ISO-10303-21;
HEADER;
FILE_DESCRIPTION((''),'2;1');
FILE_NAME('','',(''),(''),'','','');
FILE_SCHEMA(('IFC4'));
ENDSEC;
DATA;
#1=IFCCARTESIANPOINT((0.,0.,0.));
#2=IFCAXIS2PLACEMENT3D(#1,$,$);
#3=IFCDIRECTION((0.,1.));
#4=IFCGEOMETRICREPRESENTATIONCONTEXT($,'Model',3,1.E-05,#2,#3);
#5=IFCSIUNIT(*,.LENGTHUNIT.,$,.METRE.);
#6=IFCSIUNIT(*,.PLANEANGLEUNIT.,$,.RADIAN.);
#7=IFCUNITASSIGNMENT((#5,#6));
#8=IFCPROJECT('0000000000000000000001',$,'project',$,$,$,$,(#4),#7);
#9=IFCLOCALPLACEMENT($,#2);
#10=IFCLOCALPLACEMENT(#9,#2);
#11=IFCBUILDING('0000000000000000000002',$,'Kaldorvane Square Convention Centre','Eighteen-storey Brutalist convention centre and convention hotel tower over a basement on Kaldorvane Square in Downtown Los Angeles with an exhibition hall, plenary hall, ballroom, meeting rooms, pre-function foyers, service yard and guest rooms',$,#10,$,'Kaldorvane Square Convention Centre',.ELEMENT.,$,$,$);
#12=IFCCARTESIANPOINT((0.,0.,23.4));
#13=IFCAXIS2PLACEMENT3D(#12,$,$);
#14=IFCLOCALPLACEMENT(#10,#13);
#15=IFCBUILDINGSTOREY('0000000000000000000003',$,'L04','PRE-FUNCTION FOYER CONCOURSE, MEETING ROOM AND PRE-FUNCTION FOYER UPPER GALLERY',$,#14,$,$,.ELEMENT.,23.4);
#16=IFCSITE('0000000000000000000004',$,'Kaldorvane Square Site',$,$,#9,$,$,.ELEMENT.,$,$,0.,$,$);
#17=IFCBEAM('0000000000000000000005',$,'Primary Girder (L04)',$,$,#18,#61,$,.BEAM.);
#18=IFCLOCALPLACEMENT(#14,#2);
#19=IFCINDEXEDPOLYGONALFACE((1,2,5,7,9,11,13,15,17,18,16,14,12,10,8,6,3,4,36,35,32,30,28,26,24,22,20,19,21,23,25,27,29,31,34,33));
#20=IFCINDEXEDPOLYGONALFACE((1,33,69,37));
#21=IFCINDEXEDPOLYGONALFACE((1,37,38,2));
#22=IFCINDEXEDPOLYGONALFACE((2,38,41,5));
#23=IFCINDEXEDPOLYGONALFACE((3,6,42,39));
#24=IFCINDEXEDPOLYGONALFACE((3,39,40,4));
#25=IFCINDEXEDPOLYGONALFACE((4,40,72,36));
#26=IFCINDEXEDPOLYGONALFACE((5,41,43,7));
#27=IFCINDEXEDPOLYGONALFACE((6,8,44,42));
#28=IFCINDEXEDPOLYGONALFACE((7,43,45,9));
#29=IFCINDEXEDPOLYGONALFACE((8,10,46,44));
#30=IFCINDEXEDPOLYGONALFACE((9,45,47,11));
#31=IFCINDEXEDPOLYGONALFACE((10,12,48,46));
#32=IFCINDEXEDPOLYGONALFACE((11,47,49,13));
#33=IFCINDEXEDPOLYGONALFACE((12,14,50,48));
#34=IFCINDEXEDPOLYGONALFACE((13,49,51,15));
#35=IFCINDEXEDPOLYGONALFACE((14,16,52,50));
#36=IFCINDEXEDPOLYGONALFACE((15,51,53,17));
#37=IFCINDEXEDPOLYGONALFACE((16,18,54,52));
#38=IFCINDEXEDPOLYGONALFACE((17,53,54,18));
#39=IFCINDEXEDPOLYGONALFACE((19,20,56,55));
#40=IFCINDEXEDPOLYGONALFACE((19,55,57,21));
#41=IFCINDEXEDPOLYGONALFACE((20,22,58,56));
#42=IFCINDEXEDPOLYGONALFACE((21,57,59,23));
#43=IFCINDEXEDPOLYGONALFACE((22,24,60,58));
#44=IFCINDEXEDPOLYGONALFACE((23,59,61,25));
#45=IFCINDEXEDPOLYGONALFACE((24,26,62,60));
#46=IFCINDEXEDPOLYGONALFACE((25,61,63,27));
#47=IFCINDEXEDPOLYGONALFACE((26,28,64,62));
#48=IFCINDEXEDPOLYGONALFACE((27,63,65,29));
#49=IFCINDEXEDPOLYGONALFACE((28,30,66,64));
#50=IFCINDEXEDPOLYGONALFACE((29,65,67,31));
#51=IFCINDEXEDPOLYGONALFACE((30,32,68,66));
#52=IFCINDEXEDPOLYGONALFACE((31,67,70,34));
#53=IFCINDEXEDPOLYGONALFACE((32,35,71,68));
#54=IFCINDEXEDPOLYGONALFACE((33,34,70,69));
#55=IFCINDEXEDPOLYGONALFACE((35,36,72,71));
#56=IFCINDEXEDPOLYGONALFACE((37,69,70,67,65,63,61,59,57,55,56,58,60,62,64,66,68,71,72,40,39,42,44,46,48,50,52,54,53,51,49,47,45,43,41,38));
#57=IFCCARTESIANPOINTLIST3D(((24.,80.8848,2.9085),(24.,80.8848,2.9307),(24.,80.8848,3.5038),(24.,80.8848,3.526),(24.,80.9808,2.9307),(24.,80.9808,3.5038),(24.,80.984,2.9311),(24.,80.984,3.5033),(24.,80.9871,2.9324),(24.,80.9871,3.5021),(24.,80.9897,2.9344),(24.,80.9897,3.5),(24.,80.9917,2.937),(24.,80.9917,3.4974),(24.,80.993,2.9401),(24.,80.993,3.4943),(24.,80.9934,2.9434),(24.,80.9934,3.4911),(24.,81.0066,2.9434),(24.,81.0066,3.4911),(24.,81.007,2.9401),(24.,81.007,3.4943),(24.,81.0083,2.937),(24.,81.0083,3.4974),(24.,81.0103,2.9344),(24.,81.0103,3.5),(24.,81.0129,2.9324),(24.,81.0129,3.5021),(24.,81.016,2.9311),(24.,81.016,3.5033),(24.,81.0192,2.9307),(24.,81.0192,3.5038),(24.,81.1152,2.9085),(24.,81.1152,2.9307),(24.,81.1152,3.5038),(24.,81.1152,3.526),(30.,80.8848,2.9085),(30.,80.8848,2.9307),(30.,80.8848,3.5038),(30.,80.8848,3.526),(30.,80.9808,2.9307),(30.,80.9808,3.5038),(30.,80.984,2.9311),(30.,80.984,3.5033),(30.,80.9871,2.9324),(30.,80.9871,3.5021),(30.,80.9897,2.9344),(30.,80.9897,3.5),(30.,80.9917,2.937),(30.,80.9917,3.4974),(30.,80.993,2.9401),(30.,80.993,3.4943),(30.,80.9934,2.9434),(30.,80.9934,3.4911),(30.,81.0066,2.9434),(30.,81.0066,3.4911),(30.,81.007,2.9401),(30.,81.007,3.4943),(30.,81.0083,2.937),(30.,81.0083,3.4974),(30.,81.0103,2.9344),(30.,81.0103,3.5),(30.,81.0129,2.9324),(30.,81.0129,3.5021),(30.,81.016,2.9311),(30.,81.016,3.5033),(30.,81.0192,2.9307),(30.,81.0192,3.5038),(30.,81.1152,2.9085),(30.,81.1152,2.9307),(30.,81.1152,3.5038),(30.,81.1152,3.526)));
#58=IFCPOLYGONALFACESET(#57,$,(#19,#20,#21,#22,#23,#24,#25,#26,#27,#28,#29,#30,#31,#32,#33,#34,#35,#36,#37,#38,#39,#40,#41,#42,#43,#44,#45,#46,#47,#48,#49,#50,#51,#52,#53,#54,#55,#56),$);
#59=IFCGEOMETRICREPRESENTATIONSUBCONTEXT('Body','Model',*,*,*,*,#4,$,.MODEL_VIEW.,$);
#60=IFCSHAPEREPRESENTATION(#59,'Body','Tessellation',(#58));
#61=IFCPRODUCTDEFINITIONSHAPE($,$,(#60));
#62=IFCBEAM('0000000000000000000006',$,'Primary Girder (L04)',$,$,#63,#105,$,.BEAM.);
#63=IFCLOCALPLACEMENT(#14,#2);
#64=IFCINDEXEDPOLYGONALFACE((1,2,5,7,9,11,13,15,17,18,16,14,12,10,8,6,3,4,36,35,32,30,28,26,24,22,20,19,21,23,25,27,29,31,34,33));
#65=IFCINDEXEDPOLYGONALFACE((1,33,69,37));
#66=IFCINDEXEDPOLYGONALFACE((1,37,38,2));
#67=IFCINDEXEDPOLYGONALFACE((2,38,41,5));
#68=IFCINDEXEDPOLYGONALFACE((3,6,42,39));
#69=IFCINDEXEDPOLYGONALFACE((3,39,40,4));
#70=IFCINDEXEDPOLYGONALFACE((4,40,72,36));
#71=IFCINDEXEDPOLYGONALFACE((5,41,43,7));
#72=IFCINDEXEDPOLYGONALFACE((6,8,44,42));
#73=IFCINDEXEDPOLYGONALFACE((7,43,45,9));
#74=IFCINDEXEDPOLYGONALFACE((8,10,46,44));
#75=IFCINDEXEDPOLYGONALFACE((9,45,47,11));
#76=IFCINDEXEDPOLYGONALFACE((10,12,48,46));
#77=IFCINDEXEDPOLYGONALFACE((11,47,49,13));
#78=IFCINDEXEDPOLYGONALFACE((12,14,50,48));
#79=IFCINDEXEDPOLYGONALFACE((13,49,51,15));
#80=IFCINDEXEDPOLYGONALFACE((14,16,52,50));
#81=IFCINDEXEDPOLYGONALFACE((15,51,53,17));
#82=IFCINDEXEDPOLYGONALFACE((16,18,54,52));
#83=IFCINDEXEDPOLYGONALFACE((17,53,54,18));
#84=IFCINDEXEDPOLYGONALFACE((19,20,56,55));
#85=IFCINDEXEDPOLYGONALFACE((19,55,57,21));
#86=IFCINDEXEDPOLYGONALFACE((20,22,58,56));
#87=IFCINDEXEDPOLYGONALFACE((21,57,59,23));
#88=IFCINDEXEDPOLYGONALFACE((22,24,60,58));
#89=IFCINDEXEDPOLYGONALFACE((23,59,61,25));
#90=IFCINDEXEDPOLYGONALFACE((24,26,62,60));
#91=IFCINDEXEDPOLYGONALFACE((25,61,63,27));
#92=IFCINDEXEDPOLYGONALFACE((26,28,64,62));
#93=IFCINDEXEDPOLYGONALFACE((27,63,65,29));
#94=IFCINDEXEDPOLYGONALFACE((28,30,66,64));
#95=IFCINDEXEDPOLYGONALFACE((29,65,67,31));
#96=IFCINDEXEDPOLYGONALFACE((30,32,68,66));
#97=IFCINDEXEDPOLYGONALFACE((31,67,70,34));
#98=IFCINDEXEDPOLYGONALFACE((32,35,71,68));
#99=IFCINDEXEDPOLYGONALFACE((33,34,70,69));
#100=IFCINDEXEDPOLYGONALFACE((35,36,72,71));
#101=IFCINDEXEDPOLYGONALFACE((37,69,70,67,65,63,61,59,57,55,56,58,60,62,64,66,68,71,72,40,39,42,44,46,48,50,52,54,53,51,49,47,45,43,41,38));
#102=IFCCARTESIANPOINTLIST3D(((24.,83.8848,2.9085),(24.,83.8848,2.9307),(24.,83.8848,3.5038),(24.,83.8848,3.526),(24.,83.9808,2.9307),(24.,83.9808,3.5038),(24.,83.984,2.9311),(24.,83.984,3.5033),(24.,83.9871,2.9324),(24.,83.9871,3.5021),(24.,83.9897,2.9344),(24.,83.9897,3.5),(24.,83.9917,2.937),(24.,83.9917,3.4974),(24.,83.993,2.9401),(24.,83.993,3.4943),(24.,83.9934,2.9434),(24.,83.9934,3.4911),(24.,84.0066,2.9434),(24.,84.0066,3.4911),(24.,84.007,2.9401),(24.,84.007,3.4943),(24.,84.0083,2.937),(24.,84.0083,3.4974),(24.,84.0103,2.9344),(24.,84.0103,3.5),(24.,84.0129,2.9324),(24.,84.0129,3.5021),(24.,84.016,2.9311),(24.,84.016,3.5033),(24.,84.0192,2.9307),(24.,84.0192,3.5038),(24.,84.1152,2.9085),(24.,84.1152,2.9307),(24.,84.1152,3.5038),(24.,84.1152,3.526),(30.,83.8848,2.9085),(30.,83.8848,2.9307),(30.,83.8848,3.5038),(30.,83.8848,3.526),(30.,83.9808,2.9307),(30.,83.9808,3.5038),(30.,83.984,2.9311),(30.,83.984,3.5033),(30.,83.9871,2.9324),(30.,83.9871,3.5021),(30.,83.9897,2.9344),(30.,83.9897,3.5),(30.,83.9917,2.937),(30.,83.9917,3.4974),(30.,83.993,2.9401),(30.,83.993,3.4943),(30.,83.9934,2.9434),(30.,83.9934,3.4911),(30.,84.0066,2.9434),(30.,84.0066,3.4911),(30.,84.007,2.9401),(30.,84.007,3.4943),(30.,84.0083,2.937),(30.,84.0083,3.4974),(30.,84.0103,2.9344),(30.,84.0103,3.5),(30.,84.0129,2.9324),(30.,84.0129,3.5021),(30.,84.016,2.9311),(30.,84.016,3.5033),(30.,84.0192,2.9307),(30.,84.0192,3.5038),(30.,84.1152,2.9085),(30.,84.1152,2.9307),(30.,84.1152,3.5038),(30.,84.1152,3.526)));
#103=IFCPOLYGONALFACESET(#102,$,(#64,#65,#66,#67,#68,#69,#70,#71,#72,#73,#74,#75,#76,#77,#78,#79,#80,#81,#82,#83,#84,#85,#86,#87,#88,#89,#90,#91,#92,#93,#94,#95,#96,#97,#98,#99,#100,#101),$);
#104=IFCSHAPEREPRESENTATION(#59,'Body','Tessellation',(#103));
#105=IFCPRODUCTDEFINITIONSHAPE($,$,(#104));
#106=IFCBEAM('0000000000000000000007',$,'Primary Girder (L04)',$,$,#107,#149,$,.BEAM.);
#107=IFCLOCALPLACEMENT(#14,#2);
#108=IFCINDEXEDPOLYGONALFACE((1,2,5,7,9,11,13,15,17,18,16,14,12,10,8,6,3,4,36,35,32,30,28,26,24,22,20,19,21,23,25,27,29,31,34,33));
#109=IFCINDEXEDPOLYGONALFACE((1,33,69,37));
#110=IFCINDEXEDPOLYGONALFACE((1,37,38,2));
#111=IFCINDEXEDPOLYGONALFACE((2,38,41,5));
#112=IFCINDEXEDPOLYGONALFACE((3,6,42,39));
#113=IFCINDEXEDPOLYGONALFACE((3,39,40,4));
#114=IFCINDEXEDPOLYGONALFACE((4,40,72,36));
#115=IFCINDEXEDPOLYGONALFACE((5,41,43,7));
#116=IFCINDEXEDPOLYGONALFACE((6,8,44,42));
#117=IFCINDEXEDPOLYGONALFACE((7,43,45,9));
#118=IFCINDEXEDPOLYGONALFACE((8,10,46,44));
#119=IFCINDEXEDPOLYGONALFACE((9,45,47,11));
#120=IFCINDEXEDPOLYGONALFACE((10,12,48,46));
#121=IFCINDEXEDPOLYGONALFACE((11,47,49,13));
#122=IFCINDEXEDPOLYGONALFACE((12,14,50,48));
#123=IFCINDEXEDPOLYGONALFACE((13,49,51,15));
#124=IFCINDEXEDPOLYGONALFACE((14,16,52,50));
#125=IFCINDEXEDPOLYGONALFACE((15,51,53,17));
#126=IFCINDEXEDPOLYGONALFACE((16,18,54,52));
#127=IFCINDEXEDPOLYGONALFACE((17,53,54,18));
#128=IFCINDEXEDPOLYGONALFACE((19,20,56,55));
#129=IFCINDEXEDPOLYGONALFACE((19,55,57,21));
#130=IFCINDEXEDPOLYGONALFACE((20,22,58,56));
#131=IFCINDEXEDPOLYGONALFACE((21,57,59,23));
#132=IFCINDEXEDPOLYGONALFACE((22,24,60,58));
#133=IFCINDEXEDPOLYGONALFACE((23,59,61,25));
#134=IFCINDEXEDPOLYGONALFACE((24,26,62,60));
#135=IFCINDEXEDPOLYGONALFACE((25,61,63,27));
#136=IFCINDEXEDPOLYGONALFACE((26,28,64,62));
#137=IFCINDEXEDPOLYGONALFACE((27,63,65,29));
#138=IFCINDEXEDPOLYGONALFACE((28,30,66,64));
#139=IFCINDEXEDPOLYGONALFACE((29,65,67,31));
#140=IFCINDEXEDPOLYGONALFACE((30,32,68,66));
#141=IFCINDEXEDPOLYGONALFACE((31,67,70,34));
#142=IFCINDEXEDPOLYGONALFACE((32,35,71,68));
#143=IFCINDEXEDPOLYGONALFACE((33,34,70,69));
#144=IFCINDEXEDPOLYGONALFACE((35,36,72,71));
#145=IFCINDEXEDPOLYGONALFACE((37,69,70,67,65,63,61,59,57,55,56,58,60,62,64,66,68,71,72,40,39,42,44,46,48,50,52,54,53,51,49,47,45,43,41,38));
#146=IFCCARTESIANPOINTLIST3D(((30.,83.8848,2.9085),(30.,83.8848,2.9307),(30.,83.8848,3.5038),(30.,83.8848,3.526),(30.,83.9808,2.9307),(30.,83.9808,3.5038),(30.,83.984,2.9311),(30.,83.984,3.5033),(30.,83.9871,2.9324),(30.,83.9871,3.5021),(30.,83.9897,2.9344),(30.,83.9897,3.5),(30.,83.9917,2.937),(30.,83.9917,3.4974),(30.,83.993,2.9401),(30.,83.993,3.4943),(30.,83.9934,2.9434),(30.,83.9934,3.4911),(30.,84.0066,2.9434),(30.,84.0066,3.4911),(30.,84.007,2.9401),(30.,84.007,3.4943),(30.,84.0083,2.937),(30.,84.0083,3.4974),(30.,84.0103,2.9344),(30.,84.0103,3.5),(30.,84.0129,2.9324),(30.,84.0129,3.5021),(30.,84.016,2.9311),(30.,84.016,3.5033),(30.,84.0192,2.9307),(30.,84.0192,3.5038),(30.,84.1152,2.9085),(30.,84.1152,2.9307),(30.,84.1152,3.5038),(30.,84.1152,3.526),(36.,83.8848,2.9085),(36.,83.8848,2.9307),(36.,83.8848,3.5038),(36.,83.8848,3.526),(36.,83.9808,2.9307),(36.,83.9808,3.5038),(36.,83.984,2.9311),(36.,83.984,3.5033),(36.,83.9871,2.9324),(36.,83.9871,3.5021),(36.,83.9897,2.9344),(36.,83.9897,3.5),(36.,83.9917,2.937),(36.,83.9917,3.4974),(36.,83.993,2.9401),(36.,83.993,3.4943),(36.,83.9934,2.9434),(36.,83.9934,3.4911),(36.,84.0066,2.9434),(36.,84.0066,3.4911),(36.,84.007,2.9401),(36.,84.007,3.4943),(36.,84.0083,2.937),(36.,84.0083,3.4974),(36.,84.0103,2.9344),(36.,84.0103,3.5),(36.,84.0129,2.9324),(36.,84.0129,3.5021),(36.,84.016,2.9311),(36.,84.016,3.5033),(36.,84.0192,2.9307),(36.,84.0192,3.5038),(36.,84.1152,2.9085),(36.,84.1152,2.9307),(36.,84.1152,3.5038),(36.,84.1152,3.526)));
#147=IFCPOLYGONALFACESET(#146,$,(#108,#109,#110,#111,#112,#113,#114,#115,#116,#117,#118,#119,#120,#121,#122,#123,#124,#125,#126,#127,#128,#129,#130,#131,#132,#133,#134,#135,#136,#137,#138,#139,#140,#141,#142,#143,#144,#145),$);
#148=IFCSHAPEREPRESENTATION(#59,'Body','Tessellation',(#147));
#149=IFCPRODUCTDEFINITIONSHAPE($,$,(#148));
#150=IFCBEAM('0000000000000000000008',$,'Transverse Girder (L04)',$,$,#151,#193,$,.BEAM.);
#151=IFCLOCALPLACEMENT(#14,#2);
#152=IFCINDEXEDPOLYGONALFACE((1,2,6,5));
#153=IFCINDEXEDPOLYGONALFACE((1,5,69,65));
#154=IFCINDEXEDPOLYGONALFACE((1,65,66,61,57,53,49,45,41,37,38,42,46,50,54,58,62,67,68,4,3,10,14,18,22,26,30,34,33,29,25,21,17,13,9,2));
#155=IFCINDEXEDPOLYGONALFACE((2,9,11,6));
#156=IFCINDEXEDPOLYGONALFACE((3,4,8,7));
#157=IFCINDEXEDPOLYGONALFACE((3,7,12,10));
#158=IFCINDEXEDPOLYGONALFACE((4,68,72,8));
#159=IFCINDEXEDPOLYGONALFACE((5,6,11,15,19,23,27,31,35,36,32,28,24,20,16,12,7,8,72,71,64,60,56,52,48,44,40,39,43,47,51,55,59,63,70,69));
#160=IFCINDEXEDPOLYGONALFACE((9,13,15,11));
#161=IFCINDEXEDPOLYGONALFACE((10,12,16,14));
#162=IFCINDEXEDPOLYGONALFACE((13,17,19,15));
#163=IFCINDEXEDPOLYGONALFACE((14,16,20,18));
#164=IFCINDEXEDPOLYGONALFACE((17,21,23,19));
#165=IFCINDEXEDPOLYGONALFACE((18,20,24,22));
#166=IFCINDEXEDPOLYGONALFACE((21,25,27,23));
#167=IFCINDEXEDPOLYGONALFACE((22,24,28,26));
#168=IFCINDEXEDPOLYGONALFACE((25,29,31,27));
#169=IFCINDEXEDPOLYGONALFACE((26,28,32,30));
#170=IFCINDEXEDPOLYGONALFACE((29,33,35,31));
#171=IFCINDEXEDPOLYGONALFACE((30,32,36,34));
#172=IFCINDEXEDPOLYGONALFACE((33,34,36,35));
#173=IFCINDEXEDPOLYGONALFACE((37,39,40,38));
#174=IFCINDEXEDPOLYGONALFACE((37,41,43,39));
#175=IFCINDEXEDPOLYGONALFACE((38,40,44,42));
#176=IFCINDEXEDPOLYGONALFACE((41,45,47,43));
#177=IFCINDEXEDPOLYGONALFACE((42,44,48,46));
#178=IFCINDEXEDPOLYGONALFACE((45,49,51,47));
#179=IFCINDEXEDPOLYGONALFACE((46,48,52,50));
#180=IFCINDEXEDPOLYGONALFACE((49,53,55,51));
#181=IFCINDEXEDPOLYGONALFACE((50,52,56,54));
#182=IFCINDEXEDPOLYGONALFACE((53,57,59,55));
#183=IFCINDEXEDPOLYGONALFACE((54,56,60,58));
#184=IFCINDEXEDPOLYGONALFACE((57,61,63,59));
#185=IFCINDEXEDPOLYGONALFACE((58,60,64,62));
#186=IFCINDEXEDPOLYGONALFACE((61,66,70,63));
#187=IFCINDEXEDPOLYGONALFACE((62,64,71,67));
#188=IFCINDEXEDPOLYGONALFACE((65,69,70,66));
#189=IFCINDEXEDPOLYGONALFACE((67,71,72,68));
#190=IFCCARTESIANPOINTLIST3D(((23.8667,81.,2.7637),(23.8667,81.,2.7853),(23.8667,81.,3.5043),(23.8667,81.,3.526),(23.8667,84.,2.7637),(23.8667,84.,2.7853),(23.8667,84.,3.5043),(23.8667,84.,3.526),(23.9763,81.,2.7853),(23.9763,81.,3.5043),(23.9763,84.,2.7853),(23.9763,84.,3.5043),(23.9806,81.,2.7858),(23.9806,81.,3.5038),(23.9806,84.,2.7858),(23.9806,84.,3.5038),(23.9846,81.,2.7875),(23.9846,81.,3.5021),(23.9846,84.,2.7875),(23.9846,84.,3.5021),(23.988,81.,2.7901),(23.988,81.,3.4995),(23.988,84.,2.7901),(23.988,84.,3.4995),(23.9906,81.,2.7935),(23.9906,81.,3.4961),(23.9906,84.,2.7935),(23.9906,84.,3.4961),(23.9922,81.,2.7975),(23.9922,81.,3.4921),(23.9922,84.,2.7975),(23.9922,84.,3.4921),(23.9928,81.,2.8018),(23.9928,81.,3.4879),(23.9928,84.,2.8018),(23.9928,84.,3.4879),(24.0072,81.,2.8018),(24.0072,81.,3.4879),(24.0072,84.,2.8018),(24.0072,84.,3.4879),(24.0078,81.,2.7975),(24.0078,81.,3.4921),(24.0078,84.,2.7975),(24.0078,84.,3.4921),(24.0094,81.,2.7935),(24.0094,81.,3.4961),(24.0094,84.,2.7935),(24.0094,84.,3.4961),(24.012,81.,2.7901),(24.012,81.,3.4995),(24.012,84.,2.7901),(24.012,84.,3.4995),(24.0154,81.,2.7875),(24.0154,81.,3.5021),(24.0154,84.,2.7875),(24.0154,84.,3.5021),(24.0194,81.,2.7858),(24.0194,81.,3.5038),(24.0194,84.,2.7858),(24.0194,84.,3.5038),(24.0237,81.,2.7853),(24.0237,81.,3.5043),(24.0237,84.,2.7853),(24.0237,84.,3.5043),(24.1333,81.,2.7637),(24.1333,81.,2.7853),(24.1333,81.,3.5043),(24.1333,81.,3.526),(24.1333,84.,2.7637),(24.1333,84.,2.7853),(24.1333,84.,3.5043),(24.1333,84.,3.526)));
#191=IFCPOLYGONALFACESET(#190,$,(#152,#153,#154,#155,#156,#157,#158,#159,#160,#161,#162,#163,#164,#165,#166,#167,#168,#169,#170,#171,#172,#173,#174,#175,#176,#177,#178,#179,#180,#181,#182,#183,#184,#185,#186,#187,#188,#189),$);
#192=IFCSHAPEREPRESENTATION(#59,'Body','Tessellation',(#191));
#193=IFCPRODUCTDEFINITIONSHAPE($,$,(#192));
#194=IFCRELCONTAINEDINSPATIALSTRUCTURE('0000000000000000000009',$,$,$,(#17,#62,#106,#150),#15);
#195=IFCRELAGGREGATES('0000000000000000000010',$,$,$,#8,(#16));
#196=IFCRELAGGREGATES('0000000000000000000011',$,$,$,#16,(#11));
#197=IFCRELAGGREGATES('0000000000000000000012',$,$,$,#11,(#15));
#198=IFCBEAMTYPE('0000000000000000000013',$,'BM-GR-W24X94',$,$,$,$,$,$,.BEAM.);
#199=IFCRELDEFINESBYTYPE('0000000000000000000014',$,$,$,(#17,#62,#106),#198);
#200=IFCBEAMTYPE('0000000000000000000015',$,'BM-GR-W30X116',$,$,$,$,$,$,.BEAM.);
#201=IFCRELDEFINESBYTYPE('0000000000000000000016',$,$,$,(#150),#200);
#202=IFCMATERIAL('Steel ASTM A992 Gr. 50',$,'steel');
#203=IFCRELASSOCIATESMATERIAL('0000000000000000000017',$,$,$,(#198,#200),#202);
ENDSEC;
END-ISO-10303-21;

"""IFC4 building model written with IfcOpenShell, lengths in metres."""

from ifc_helpers import new_model, si_unit, direction, frame, origin, origin_2d, place, context, subcontext, project, spatial, i_section, extrude, material, material_profile, profile_set, type_object, element, save


model = new_model("IFC4")

# Units and contexts
model_context = context("Model", 3, precision=1e-05, world=origin(), true_north=direction((0.0, 1.0)))
body_context = subcontext(model_context, "Body", "Model", "MODEL_VIEW")
ifc_project = project(units=[si_unit("LENGTHUNIT", "METRE"), si_unit("PLANEANGLEUNIT", "RADIAN")], contexts=[model_context])

# Site, building, storey
site_placement = place(None, origin())
site = spatial("IfcSite", under=ifc_project, at=site_placement, Name="Kaldorvane Square Site", CompositionType="ELEMENT", RefElevation=0.0)
building_placement = place(site_placement, origin())
building = spatial("IfcBuilding", under=site, at=building_placement, Name="Kaldorvane Square Convention Centre", Description="Eighteen-storey Brutalist convention centre and convention hotel tower over a basement on Kaldorvane Square in Downtown Los Angeles with an exhibition hall, plenary hall, ballroom, meeting rooms, pre-function foyers, service yard and guest rooms", LongName="Kaldorvane Square Convention Centre", CompositionType="ELEMENT")
storey_placement = place(building_placement, frame((0.0, 0.0, 23.4)))
storey = spatial("IfcBuildingStorey", under=building, at=storey_placement, Name="L04", Description="PRE-FUNCTION FOYER CONCOURSE, MEETING ROOM AND PRE-FUNCTION FOYER UPPER GALLERY", CompositionType="ELEMENT", Elevation=23.4)

# Shared definitions
ifc_material_1 = material(Name="Steel ASTM A992 Gr. 50", Category="steel")

# Beams
ifc_material_profile_1 = material_profile(ifc_material_1, i_section(OverallWidth=0.2303, OverallDepth=0.6175, WebThickness=0.0131, FlangeThickness=0.0222, FilletRadius=0.0127, at=origin_2d()), Name="W24X94")
ifc_profile_set_1 = profile_set([ifc_material_profile_1], Name="Steel ASTM A992 Gr. 50")
beam_type_1 = type_object("IfcBeamType", Name="BM-GR-W24X94", PredefinedType="BEAM", material=ifc_profile_set_1)
for number, where, z_axis, x_axis, name in (
    (1, (24.0, 81.0, 3.2172), (1.0, 0.0, 0.0), (0.0, 1.0, 0.0), "Primary Girder (L04)"),
    (2, (24.0, 84.0, 3.2172), (1.0, 0.0, 0.0), (0.0, 1.0, 0.0), "Primary Girder (L04)"),
    (3, (30.0, 84.0, 3.2172), (1.0, 0.0, 0.0), (0.0, 1.0, 0.0), "Primary Girder (L04)"),
):
    element("IfcBeam", number, at=place(storey_placement, frame(where, z_axis=z_axis, x_axis=x_axis)), inside=storey, type_object=beam_type_1, Name=name, PredefinedType="BEAM", context=body_context, shape_type="SweptSolid", body=[
        extrude(i_section(OverallWidth=0.2303, OverallDepth=0.6175, WebThickness=0.0131, FlangeThickness=0.0222, FilletRadius=0.0127, at=origin_2d()), origin(), (0.0, 0.0, 1.0), 6.0),
    ])
ifc_material_profile_2 = material_profile(ifc_material_1, i_section(OverallWidth=0.2666, OverallDepth=0.7623, WebThickness=0.0144, FlangeThickness=0.0216, FilletRadius=0.0165, at=origin_2d()), Name="W30X116")
ifc_profile_set_2 = profile_set([ifc_material_profile_2], Name="Steel ASTM A992 Gr. 50")
beam_type_2 = type_object("IfcBeamType", Name="BM-GR-W30X116", PredefinedType="BEAM", material=ifc_profile_set_2)
beam_1_placement = place(storey_placement, frame((24.0, 81.0, 3.1448), z_axis=(0.0, 1.0, 0.0), x_axis=(-1.0, 0.0, 0.0)))
element("IfcBeam", 4, at=beam_1_placement, inside=storey, type_object=beam_type_2, Name="Transverse Girder (L04)", PredefinedType="BEAM", context=body_context, shape_type="SweptSolid", body=[
    extrude(i_section(OverallWidth=0.2666, OverallDepth=0.7623, WebThickness=0.0144, FlangeThickness=0.0216, FilletRadius=0.0165, at=origin_2d()), origin(), (0.0, 0.0, 1.0), 3.0),
])

save(model, "model.ifc")
